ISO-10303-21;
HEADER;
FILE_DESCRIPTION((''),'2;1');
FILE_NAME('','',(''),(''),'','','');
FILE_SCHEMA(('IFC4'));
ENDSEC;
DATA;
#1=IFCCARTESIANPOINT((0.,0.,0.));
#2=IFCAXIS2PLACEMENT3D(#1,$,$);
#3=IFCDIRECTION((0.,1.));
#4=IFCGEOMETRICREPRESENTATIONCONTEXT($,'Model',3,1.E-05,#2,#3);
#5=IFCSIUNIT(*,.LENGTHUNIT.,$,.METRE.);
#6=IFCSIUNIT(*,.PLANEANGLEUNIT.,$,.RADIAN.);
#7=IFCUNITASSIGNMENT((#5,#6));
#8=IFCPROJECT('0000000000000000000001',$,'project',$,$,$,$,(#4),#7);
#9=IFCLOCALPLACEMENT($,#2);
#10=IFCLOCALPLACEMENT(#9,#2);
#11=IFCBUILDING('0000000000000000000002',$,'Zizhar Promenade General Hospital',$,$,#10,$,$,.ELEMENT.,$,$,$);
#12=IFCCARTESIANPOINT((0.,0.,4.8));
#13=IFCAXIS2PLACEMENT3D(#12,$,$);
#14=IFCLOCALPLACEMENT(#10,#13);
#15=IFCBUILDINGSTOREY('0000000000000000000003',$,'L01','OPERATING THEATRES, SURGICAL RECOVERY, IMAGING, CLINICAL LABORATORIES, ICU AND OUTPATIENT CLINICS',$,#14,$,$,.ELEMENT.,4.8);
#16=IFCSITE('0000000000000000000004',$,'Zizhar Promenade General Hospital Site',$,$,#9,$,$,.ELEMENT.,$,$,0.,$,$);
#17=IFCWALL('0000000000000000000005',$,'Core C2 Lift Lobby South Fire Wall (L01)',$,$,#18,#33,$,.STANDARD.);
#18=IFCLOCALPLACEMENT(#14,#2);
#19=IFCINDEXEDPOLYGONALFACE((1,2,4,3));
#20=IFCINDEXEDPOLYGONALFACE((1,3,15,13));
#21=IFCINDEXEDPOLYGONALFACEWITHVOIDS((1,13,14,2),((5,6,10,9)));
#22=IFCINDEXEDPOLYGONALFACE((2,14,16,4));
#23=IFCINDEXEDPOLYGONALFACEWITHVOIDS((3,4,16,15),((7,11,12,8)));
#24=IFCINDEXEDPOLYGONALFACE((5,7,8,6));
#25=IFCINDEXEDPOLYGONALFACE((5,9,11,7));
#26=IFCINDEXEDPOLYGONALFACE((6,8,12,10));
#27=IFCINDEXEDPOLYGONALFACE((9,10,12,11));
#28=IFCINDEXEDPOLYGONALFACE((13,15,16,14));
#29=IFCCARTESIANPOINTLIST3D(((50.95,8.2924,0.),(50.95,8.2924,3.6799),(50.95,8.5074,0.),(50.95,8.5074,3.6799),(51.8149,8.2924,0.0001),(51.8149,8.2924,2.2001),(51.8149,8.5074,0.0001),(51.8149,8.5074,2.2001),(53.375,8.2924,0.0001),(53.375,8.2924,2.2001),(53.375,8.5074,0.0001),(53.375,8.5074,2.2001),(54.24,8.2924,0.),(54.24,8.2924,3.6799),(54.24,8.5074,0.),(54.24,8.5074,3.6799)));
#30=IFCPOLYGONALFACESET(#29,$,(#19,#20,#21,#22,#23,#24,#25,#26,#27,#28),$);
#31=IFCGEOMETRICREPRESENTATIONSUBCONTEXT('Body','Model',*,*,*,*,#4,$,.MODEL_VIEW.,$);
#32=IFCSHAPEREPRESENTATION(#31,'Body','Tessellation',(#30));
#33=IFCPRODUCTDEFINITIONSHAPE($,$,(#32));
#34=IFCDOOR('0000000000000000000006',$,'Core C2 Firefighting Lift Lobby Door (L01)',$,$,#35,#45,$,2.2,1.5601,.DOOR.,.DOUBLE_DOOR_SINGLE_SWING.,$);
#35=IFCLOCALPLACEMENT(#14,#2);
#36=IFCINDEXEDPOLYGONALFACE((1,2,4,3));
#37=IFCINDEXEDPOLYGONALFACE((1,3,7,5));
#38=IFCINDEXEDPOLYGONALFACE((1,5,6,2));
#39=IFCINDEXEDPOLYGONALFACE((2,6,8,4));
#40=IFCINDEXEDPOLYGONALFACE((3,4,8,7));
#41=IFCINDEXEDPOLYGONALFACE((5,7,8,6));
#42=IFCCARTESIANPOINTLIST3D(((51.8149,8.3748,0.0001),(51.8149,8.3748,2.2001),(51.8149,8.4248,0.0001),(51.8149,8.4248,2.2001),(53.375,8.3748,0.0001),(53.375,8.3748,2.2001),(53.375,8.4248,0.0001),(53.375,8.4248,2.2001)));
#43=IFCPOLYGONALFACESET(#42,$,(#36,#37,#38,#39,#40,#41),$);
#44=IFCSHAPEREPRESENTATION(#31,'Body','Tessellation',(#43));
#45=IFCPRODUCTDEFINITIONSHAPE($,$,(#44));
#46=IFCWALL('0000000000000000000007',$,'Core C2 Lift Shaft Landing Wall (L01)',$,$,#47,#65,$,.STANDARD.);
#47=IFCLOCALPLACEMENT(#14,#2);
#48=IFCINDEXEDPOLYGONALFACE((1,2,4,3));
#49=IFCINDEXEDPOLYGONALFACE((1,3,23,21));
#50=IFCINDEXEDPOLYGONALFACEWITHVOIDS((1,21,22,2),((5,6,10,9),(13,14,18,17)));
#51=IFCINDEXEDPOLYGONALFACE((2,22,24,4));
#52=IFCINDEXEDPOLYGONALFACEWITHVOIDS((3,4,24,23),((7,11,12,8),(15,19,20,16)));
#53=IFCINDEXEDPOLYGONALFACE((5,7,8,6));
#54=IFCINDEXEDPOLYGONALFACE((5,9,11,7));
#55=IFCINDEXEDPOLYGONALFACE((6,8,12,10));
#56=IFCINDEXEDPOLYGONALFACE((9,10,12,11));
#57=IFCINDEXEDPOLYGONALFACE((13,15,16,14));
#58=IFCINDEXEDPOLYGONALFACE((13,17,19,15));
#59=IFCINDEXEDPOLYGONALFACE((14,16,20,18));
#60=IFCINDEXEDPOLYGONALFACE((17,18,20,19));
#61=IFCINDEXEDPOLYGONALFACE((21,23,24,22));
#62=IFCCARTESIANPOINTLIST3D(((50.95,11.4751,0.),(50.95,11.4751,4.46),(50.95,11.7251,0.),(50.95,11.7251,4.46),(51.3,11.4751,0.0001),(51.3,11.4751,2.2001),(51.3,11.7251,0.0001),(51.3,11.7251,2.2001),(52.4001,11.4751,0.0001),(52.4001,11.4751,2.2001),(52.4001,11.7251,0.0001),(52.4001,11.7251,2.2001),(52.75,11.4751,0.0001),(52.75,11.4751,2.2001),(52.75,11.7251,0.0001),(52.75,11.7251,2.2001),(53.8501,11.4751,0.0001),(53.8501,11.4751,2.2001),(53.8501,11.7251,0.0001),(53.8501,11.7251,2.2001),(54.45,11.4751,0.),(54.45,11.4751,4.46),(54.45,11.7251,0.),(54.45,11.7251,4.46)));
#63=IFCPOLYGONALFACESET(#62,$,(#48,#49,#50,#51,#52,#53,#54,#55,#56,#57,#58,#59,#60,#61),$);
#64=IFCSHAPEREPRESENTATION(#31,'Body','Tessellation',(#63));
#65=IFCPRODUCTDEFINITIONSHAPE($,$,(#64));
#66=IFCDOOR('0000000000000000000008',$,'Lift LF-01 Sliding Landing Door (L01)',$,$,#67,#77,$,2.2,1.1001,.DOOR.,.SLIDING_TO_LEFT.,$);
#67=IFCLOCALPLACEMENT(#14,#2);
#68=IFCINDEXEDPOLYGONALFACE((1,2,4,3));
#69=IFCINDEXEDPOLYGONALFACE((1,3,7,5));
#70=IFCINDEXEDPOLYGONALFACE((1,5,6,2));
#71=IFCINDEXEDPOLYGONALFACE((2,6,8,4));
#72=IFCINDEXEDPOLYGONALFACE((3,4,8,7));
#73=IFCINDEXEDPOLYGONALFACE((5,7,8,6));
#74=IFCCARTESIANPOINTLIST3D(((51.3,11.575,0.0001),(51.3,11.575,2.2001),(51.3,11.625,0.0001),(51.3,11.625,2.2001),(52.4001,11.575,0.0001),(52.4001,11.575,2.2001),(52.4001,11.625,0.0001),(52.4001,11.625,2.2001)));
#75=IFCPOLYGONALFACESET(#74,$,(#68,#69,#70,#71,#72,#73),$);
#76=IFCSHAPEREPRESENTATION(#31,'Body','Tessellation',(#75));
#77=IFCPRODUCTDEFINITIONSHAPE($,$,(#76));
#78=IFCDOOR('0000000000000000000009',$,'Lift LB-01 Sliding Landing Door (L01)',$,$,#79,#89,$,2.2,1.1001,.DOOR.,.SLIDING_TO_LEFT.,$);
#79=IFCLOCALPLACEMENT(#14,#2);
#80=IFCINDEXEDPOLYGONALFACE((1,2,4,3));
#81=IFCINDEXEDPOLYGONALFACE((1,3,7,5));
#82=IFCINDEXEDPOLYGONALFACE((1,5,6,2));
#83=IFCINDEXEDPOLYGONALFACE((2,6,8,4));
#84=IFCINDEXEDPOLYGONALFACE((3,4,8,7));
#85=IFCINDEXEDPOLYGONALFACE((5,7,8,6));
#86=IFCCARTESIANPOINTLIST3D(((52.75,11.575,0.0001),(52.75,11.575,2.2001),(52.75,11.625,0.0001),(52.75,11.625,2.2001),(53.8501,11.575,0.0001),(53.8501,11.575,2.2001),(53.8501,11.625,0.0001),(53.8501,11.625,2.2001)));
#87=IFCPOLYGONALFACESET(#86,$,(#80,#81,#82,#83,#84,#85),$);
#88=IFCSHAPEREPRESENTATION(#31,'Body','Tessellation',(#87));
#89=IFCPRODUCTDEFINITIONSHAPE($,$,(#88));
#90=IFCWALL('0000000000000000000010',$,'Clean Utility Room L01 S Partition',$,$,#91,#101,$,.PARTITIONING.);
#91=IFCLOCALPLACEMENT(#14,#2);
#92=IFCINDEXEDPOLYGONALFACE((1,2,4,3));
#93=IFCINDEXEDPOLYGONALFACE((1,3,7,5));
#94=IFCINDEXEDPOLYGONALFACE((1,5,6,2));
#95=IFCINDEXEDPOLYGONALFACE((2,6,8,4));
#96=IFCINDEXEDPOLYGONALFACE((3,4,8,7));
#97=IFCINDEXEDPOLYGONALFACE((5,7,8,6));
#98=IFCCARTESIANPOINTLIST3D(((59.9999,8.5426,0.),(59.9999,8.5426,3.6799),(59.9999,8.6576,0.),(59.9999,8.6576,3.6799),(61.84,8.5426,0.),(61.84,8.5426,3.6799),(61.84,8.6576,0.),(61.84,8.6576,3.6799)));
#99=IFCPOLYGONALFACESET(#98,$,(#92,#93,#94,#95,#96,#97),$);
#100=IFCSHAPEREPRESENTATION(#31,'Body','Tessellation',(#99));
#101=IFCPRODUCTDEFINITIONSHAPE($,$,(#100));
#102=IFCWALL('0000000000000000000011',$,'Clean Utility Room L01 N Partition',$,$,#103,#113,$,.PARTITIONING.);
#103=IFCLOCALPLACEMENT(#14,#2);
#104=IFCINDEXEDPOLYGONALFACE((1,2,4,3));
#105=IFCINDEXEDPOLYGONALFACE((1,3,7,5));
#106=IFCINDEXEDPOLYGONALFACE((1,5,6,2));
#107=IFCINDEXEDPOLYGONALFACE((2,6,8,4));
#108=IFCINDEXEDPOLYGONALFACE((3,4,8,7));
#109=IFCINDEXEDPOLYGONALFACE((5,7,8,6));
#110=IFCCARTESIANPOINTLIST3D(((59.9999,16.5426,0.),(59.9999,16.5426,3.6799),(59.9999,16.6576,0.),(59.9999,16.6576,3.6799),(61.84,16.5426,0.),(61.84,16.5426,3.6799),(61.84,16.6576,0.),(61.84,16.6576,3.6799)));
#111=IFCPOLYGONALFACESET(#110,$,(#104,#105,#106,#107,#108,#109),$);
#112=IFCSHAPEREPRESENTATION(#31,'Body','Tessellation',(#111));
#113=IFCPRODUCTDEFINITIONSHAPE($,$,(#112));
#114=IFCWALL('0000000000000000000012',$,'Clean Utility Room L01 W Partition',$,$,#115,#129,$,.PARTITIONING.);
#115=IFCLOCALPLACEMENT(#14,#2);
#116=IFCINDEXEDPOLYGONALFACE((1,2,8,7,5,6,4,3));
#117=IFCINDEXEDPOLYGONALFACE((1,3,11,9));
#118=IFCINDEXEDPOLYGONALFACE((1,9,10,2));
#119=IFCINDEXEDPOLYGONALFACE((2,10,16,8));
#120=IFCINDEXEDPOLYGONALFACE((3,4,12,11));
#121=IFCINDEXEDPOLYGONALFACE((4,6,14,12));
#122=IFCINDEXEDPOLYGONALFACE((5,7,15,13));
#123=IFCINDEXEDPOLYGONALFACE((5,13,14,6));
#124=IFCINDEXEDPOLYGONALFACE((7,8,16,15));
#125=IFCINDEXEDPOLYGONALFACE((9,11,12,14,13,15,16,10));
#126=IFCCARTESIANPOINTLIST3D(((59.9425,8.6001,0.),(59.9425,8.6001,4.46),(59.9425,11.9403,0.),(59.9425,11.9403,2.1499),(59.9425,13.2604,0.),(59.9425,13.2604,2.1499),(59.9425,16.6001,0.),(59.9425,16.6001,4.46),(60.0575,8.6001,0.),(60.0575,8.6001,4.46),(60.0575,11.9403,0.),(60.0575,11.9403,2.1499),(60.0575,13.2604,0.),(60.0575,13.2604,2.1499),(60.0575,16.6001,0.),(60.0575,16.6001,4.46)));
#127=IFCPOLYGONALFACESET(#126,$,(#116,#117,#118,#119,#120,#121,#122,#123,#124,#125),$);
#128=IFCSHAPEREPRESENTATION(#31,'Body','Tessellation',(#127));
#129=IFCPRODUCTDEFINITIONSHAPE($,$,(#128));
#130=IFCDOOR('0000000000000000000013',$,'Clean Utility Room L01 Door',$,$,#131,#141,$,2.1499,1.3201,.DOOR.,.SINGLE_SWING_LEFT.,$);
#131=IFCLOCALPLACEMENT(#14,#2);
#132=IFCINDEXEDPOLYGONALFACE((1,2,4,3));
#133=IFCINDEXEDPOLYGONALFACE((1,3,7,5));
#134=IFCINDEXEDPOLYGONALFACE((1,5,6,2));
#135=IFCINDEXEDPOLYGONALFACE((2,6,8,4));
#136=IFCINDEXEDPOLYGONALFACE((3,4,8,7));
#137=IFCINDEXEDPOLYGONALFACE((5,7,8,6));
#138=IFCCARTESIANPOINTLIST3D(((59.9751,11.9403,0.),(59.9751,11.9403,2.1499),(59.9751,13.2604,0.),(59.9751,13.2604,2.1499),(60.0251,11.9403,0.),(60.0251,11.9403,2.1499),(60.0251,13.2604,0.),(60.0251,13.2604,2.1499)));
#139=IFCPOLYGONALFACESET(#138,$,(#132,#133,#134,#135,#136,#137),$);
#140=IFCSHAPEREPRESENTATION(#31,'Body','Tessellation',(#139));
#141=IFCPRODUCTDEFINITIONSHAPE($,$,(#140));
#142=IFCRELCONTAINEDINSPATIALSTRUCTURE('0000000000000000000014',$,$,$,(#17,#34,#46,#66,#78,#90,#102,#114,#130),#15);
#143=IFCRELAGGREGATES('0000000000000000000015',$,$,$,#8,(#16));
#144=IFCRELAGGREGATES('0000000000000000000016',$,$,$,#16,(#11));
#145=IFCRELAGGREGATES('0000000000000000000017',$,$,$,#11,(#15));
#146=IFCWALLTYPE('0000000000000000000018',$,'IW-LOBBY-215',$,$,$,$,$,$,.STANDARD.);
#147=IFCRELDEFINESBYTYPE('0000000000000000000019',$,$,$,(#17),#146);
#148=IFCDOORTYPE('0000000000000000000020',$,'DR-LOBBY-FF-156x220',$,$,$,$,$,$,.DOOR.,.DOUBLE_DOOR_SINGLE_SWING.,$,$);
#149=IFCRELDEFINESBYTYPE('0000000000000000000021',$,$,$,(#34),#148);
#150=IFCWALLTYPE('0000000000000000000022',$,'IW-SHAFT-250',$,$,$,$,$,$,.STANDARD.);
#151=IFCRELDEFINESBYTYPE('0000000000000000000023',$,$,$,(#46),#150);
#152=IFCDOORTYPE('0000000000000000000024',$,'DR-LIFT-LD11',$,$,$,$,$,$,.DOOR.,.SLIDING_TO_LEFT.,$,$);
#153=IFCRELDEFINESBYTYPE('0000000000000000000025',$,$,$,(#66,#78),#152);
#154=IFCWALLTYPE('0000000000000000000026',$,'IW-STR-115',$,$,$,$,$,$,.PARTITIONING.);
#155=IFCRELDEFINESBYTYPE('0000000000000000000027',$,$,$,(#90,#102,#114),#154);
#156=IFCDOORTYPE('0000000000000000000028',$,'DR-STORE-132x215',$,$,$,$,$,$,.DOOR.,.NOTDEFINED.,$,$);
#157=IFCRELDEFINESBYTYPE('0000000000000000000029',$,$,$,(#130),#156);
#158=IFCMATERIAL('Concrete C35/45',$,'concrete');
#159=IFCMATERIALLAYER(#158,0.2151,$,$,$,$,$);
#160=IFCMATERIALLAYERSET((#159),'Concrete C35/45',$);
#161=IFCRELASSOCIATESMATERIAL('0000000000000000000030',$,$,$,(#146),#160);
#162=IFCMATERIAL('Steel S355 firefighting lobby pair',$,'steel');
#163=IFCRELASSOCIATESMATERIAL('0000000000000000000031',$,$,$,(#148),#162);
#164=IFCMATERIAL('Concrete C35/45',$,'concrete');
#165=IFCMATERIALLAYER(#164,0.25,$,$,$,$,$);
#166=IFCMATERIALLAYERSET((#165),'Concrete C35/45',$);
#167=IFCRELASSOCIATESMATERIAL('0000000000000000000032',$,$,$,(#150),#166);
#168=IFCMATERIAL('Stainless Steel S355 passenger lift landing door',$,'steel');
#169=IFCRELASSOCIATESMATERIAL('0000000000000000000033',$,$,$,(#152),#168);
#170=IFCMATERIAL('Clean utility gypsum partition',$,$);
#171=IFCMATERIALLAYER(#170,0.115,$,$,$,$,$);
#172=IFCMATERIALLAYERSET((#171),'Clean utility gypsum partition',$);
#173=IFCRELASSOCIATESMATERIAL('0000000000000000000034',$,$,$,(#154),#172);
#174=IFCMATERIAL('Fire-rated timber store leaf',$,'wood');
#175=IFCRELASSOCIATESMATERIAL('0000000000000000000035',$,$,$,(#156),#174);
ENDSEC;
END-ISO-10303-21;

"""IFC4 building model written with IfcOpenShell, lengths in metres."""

from ifc_helpers import new_model, si_unit, direction, frame, frame_2d, origin, place, context, subcontext, project, spatial, rectangle, extrude, material, layer, layer_set, type_object, element, fill, save


model = new_model("IFC4")

# Units and contexts
model_context = context("Model", 3, precision=1e-05, world=origin(), true_north=direction((0.0, 1.0)))
body_context = subcontext(model_context, "Body", "Model", "MODEL_VIEW")
ifc_project = project(units=[si_unit("LENGTHUNIT", "METRE"), si_unit("PLANEANGLEUNIT", "RADIAN")], contexts=[model_context])

# Site, building, storey
site_placement = place(None, origin())
site = spatial("IfcSite", under=ifc_project, at=site_placement, Name="Zizhar Promenade General Hospital Site", CompositionType="ELEMENT", RefElevation=0.0)
building_placement = place(site_placement, origin())
building = spatial("IfcBuilding", under=site, at=building_placement, Name="Zizhar Promenade General Hospital", CompositionType="ELEMENT")
storey_placement = place(building_placement, frame((0.0, 0.0, 4.8)))
storey = spatial("IfcBuildingStorey", under=building, at=storey_placement, Name="L01", Description="OPERATING THEATRES, SURGICAL RECOVERY, IMAGING, CLINICAL LABORATORIES, ICU AND OUTPATIENT CLINICS", CompositionType="ELEMENT", Elevation=4.8)

# Wall, opening, door
ifc_material_1 = material(Name="Concrete C35/45", Category="concrete")
ifc_layer_1 = layer(ifc_material_1, 0.2151)
ifc_layer_set_1 = layer_set([ifc_layer_1], Name="Concrete C35/45")
wall_type_1 = type_object("IfcWallType", Name="IW-LOBBY-215", PredefinedType="STANDARD", material=ifc_layer_set_1)
wall_1_placement = place(storey_placement, frame((50.95, 8.3999, 0.0), z_axis=(0.0, 0.0, 1.0), x_axis=(1.0, 0.0, 0.0)))
wall_1 = element("IfcWall", 1, at=wall_1_placement, inside=storey, type_object=wall_type_1, Name="Core C2 Lift Lobby South Fire Wall (L01)", PredefinedType="STANDARD", context=body_context, shape_type="SweptSolid", body=[
    extrude(rectangle(XDim=3.29, YDim=0.2151, at=frame_2d((1.645, 0.0))), origin(), (0.0, 0.0, 1.0), 3.6799),
])
opening_1_placement = place(wall_1_placement, frame((0.865, 0.0, 0.0)))
opening_1 = element("IfcOpeningElement", 2, at=opening_1_placement, cuts=wall_1, PredefinedType="OPENING", context=body_context, shape_type="SweptSolid", body=[
    extrude(rectangle(XDim=1.5601, YDim=2.2, at=frame_2d((0.78, 1.1001))), frame((0.0, 0.1177, 0.0), z_axis=(0.0, -1.0, 0.0), x_axis=(1.0, 0.0, 0.0)), (0.0, 0.0, 1.0), 0.2351),
])
ifc_material_2 = material(Name="Steel S355 firefighting lobby pair", Category="steel")
door_type_1 = type_object("IfcDoorType", Name="DR-LOBBY-FF-156x220", OperationType="DOUBLE_DOOR_SINGLE_SWING", PredefinedType="DOOR", material=ifc_material_2)
door_1_placement = place(opening_1_placement, origin())
door_1 = element("IfcDoor", 3, at=door_1_placement, inside=storey, type_object=door_type_1, Name="Core C2 Firefighting Lift Lobby Door (L01)", OperationType="DOUBLE_DOOR_SINGLE_SWING", OverallHeight=2.2, OverallWidth=1.5601, PredefinedType="DOOR", context=body_context, shape_type="SweptSolid", body=[
    extrude(rectangle(XDim=1.5601, YDim=2.2, at=frame_2d((0.78, 1.1001))), frame((0.0, 0.0249, 0.0), z_axis=(0.0, -1.0, 0.0), x_axis=(1.0, 0.0, 0.0)), (0.0, 0.0, 1.0), 0.05),
])
fill(opening_1, door_1)

# Wall, openings, doors
ifc_material_3 = material(Name="Concrete C35/45", Category="concrete")
ifc_layer_2 = layer(ifc_material_3, 0.25)
ifc_layer_set_2 = layer_set([ifc_layer_2], Name="Concrete C35/45")
wall_type_2 = type_object("IfcWallType", Name="IW-SHAFT-250", PredefinedType="STANDARD", material=ifc_layer_set_2)
wall_2_placement = place(storey_placement, frame((50.95, 11.6001, 0.0), z_axis=(0.0, 0.0, 1.0), x_axis=(1.0, 0.0, 0.0)))
wall_2 = element("IfcWall", 4, at=wall_2_placement, inside=storey, type_object=wall_type_2, Name="Core C2 Lift Shaft Landing Wall (L01)", PredefinedType="STANDARD", context=body_context, shape_type="SweptSolid", body=[
    extrude(rectangle(XDim=3.5, YDim=0.25, at=frame_2d((1.75, 0.0))), origin(), (0.0, 0.0, 1.0), 4.46),
])
opening_2_placement = place(wall_2_placement, frame((0.3501, 0.0, 0.0)))
opening_2 = element("IfcOpeningElement", 5, at=opening_2_placement, cuts=wall_2, PredefinedType="OPENING", context=body_context, shape_type="SweptSolid", body=[
    extrude(rectangle(XDim=1.1001, YDim=2.2, at=frame_2d((0.55, 1.1001))), frame((0.0, 0.135, 0.0), z_axis=(0.0, -1.0, 0.0), x_axis=(1.0, 0.0, 0.0)), (0.0, 0.0, 1.0), 0.27),
])
opening_3_placement = place(wall_2_placement, frame((1.8, 0.0, 0.0)))
opening_3 = element("IfcOpeningElement", 6, at=opening_3_placement, cuts=wall_2, PredefinedType="OPENING", context=body_context, shape_type="SweptSolid", body=[
    extrude(rectangle(XDim=1.1001, YDim=2.2, at=frame_2d((0.55, 1.1001))), frame((0.0, 0.135, 0.0), z_axis=(0.0, -1.0, 0.0), x_axis=(1.0, 0.0, 0.0)), (0.0, 0.0, 1.0), 0.27),
])
ifc_material_4 = material(Name="Stainless Steel S355 passenger lift landing door", Category="steel")
door_type_2 = type_object("IfcDoorType", Name="DR-LIFT-LD11", OperationType="SLIDING_TO_LEFT", PredefinedType="DOOR", material=ifc_material_4)
door_2_placement = place(opening_2_placement, origin())
door_2 = element("IfcDoor", 7, at=door_2_placement, inside=storey, type_object=door_type_2, Name="Lift LF-01 Sliding Landing Door (L01)", OperationType="SLIDING_TO_LEFT", OverallHeight=2.2, OverallWidth=1.1001, PredefinedType="DOOR", context=body_context, shape_type="SweptSolid", body=[
    extrude(rectangle(XDim=1.1001, YDim=2.2, at=frame_2d((0.55, 1.1001))), frame((0.0, 0.0249, 0.0), z_axis=(0.0, -1.0, 0.0), x_axis=(1.0, 0.0, 0.0)), (0.0, 0.0, 1.0), 0.05),
])
fill(opening_2, door_2)
door_3_placement = place(opening_3_placement, origin())
door_3 = element("IfcDoor", 8, at=door_3_placement, inside=storey, type_object=door_type_2, Name="Lift LB-01 Sliding Landing Door (L01)", OperationType="SLIDING_TO_LEFT", OverallHeight=2.2, OverallWidth=1.1001, PredefinedType="DOOR", context=body_context, shape_type="SweptSolid", body=[
    extrude(rectangle(XDim=1.1001, YDim=2.2, at=frame_2d((0.55, 1.1001))), frame((0.0, 0.0249, 0.0), z_axis=(0.0, -1.0, 0.0), x_axis=(1.0, 0.0, 0.0)), (0.0, 0.0, 1.0), 0.05),
])
fill(opening_3, door_3)

# Walls
ifc_material_5 = material(Name="Clean utility gypsum partition")
ifc_layer_3 = layer(ifc_material_5, 0.115)
ifc_layer_set_3 = layer_set([ifc_layer_3], Name="Clean utility gypsum partition")
wall_type_3 = type_object("IfcWallType", Name="IW-STR-115", PredefinedType="PARTITIONING", material=ifc_layer_set_3)
for number, where, z_axis, x_axis, name in (
    (9, (60.0, 8.6001, 0.0), (0.0, 0.0, 1.0), (1.0, 0.0, 0.0), "Clean Utility Room L01 S Partition"),
    (10, (60.0, 16.6001, 0.0), (0.0, 0.0, 1.0), (1.0, 0.0, 0.0), "Clean Utility Room L01 N Partition"),
):
    element("IfcWall", number, at=place(storey_placement, frame(where, z_axis=z_axis, x_axis=x_axis)), inside=storey, type_object=wall_type_3, Name=name, PredefinedType="PARTITIONING", context=body_context, shape_type="SweptSolid", body=[
        extrude(rectangle(XDim=1.8401, YDim=0.115, at=frame_2d((0.9199, 0.0))), origin(), (0.0, 0.0, 1.0), 3.6799),
    ])

# Wall, opening, door
wall_3_placement = place(storey_placement, frame((60.0, 8.6001, 0.0), z_axis=(0.0, 0.0, 1.0), x_axis=(0.0, 1.0, 0.0)))
wall_3 = element("IfcWall", 11, at=wall_3_placement, inside=storey, type_object=wall_type_3, Name="Clean Utility Room L01 W Partition", PredefinedType="PARTITIONING", context=body_context, shape_type="SweptSolid", body=[
    extrude(rectangle(XDim=8.0, YDim=0.115, at=frame_2d((4.0, 0.0))), origin(), (0.0, 0.0, 1.0), 4.46),
])
opening_4_placement = place(wall_3_placement, frame((3.3401, 0.0, 0.0)))
opening_4 = element("IfcOpeningElement", 12, at=opening_4_placement, cuts=wall_3, PredefinedType="OPENING", context=body_context, shape_type="SweptSolid", body=[
    extrude(rectangle(XDim=1.3201, YDim=2.1499, at=frame_2d((0.6602, 1.075))), frame((0.0, 0.0674, 0.0), z_axis=(0.0, -1.0, 0.0), x_axis=(1.0, 0.0, 0.0)), (0.0, 0.0, 1.0), 0.135),
])
ifc_material_6 = material(Name="Fire-rated timber store leaf", Category="wood")
door_type_3 = type_object("IfcDoorType", Name="DR-STORE-132x215", OperationType="NOTDEFINED", PredefinedType="DOOR", material=ifc_material_6)
door_4_placement = place(opening_4_placement, origin())
door_4 = element("IfcDoor", 13, at=door_4_placement, inside=storey, type_object=door_type_3, Name="Clean Utility Room L01 Door", OperationType="SINGLE_SWING_LEFT", OverallHeight=2.1499, OverallWidth=1.3201, PredefinedType="DOOR", context=body_context, shape_type="SweptSolid", body=[
    extrude(rectangle(XDim=1.3201, YDim=2.1499, at=frame_2d((0.6602, 1.075))), frame((0.0, 0.0249, 0.0), z_axis=(0.0, -1.0, 0.0), x_axis=(1.0, 0.0, 0.0)), (0.0, 0.0, 1.0), 0.05),
])
fill(opening_4, door_4)

save(model, "model.ifc")
